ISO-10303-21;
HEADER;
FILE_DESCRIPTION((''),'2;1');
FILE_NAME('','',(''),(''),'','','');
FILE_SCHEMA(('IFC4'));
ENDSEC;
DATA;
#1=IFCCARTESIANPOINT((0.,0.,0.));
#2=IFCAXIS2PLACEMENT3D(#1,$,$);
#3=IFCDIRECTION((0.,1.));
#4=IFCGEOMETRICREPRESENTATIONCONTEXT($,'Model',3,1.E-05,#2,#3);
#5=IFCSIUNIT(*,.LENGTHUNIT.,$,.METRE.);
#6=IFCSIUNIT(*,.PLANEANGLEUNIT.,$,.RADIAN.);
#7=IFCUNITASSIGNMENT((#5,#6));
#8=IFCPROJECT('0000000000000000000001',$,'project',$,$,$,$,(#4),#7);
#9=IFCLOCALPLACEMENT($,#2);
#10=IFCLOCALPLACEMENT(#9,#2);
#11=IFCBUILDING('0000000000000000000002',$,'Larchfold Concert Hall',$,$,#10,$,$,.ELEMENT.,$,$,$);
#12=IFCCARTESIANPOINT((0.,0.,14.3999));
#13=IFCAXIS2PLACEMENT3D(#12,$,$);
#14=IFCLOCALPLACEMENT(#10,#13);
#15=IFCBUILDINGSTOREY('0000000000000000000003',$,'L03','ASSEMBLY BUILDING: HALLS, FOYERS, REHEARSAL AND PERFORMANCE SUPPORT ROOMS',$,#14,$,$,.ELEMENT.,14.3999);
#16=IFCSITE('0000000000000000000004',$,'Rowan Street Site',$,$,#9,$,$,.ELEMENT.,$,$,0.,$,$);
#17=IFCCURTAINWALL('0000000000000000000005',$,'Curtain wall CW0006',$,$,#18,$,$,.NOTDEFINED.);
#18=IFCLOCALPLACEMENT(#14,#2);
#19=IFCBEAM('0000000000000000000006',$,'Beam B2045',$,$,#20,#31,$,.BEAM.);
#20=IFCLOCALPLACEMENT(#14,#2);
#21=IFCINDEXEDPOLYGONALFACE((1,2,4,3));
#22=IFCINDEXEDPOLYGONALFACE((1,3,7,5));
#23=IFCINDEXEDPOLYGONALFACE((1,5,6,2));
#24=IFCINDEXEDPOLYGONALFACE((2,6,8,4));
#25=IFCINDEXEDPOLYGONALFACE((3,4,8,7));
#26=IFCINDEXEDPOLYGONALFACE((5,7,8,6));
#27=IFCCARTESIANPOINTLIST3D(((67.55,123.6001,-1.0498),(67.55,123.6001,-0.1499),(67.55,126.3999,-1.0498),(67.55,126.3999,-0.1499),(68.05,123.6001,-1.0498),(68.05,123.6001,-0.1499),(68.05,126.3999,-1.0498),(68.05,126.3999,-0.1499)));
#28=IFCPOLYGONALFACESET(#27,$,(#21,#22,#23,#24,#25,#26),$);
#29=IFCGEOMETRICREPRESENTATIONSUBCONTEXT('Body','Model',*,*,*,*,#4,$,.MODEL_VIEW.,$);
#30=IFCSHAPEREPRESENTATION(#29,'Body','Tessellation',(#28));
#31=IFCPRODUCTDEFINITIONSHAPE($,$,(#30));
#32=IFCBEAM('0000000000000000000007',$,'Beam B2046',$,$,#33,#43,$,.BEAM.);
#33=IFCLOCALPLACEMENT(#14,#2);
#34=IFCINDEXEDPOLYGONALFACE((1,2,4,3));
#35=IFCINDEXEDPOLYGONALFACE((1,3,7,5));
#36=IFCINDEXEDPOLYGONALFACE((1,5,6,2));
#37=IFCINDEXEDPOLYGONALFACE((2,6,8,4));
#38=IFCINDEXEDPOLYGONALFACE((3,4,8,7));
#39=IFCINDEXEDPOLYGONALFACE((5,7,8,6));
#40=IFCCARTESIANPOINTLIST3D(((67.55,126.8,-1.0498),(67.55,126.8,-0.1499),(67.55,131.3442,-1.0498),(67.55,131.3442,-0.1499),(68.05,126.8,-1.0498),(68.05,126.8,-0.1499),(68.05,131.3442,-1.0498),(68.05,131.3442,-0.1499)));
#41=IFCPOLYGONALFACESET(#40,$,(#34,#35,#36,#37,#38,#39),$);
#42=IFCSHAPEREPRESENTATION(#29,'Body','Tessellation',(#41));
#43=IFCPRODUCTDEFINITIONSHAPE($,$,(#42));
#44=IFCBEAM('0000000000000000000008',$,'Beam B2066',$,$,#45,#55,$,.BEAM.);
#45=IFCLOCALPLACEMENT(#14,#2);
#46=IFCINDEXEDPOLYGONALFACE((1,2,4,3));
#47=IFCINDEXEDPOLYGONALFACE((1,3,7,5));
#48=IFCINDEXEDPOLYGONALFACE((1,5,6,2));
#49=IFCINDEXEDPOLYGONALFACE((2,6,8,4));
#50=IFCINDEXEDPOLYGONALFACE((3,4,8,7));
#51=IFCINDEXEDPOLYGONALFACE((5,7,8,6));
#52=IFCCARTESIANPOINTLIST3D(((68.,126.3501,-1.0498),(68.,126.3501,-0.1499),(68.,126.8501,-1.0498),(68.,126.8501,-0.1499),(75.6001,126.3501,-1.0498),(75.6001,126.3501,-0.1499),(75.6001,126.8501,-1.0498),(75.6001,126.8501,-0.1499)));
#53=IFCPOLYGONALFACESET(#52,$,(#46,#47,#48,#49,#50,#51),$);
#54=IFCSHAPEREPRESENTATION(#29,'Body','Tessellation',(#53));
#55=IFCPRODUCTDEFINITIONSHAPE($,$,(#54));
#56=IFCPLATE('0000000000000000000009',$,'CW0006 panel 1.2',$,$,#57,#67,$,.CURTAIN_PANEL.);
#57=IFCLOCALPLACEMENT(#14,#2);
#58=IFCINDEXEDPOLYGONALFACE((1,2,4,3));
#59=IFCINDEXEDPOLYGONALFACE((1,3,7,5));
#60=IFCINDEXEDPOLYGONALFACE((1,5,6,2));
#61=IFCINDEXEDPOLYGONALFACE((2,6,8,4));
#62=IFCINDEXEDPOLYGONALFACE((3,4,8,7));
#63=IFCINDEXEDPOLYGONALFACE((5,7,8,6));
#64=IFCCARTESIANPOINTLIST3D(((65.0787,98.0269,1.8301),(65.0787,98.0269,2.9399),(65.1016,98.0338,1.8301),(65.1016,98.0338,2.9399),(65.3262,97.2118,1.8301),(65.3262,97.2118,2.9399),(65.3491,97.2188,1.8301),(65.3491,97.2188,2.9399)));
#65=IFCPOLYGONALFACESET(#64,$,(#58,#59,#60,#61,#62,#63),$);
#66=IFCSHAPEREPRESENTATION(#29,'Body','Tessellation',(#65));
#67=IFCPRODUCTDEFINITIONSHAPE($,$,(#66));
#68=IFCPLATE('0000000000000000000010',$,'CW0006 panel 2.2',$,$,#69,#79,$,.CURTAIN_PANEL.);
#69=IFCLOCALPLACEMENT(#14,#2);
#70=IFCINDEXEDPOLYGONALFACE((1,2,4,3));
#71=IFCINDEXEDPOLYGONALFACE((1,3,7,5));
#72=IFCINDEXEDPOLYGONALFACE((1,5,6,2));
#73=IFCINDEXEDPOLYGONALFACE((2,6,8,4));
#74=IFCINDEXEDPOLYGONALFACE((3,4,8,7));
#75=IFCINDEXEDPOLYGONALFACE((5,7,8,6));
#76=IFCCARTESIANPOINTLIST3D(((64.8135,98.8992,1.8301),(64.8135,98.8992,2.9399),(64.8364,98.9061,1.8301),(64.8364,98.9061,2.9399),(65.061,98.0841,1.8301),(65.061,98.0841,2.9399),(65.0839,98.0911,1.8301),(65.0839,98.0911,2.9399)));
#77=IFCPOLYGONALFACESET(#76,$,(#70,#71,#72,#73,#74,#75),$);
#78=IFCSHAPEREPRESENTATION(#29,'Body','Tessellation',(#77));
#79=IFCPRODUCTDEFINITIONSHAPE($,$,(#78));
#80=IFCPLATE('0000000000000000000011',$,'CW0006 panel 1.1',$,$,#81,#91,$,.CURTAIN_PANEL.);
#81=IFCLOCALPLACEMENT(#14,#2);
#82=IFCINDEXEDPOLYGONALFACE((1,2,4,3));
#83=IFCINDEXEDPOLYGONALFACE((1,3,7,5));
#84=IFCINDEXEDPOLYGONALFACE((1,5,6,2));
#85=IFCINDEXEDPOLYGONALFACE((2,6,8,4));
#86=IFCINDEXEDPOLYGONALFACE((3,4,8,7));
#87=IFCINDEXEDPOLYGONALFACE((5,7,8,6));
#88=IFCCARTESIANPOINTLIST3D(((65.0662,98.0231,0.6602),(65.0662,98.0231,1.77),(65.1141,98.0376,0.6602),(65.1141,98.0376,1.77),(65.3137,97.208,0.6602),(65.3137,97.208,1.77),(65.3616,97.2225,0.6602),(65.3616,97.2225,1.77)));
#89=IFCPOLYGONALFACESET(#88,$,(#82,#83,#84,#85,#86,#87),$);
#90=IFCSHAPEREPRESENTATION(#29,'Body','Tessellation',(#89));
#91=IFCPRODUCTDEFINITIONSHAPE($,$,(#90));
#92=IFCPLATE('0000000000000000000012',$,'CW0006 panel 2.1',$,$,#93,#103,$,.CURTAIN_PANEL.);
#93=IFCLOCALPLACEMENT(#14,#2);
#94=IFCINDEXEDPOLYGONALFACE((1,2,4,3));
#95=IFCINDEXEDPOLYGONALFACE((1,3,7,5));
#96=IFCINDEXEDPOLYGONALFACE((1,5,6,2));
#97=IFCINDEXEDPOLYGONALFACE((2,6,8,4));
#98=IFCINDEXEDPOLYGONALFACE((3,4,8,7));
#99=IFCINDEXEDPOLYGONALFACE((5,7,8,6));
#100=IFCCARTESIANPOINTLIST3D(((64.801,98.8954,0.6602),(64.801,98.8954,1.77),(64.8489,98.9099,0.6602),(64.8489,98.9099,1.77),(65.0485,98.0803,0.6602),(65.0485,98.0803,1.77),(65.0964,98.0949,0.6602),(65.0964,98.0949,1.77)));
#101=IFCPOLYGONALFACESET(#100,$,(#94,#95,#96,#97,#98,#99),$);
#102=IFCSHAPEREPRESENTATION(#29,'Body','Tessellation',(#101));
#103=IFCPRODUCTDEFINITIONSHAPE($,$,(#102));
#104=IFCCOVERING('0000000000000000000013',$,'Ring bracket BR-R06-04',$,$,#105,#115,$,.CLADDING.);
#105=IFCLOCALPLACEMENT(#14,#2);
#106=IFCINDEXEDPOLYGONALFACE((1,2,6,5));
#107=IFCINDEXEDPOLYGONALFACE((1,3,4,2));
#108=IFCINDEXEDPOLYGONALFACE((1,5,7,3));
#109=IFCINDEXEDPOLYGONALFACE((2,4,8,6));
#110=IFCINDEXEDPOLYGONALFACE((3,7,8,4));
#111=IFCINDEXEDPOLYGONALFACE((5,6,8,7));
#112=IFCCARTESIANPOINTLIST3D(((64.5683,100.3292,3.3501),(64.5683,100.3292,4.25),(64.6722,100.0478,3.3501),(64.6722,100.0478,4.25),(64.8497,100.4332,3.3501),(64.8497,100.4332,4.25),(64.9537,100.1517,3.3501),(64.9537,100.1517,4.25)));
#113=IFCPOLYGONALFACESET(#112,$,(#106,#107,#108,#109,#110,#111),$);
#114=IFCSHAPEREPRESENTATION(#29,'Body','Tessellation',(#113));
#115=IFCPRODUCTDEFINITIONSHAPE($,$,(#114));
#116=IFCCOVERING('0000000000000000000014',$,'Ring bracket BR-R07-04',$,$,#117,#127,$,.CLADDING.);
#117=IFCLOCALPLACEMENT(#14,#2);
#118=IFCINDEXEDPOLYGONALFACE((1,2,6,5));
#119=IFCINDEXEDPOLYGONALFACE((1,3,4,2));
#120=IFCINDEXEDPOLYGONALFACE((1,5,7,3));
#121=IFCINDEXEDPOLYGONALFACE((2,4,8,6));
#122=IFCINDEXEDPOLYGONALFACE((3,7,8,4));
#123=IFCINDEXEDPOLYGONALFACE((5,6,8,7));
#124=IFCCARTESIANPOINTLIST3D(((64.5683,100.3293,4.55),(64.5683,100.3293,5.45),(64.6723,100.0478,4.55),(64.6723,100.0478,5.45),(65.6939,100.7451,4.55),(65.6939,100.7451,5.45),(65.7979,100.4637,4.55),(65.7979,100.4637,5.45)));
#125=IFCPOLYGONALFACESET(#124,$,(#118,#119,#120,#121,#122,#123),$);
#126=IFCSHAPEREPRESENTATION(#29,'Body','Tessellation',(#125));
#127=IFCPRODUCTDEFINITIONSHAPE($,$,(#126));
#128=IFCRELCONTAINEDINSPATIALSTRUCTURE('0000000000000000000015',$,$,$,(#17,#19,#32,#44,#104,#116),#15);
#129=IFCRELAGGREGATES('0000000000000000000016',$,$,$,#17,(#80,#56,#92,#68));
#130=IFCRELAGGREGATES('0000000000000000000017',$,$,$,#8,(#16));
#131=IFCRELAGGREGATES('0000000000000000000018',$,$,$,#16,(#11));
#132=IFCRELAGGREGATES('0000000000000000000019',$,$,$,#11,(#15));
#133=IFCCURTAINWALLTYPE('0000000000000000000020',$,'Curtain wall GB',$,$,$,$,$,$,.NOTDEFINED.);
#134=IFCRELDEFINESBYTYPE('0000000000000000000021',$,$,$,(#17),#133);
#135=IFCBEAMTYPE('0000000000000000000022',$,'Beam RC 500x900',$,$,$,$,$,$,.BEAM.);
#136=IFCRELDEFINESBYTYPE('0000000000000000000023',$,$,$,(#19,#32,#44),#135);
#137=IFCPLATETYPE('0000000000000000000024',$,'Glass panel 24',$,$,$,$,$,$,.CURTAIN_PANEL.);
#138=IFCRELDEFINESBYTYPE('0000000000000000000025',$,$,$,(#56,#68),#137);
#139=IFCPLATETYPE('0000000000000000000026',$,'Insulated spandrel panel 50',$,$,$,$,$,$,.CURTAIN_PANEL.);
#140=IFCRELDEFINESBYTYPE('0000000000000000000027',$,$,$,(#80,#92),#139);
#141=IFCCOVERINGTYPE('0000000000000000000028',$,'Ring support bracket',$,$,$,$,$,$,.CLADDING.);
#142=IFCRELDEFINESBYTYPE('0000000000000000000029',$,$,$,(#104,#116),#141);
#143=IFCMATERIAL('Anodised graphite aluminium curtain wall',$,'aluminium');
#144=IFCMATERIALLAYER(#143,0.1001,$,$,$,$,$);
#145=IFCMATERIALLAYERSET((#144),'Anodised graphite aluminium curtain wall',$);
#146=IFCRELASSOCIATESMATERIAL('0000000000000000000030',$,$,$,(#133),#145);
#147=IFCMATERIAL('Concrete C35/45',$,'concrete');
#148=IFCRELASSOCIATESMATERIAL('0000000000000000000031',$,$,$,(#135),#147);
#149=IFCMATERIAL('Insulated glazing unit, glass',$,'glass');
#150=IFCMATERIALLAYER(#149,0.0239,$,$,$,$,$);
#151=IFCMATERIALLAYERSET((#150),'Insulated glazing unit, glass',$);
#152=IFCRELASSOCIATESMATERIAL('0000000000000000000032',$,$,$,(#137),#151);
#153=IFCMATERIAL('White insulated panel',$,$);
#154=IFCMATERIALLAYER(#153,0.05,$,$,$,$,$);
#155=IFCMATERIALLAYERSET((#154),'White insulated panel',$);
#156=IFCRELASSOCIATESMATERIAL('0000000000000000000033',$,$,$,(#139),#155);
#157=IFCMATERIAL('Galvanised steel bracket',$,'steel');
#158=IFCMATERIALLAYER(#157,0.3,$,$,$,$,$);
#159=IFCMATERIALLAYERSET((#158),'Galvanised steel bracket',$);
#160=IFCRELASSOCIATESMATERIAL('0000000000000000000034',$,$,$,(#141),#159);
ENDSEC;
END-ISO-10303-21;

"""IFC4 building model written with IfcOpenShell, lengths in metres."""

from ifc_helpers import new_model, si_unit, direction, frame, origin, origin_2d, place, context, subcontext, project, spatial, rectangle, extrude, material, layer, layer_set, material_profile, profile_set, type_object, element, aggregate, save


model = new_model("IFC4")

# Units and contexts
model_context = context("Model", 3, precision=1e-05, world=origin(), true_north=direction((0.0, 1.0)))
body_context = subcontext(model_context, "Body", "Model", "MODEL_VIEW")
ifc_project = project(units=[si_unit("LENGTHUNIT", "METRE"), si_unit("PLANEANGLEUNIT", "RADIAN")], contexts=[model_context])

# Site, building, storey
site_placement = place(None, origin())
site = spatial("IfcSite", under=ifc_project, at=site_placement, Name="Rowan Street Site", CompositionType="ELEMENT", RefElevation=0.0)
building_placement = place(site_placement, origin())
building = spatial("IfcBuilding", under=site, at=building_placement, Name="Larchfold Concert Hall", CompositionType="ELEMENT")
storey_placement = place(building_placement, frame((0.0, 0.0, 14.3999)))
storey = spatial("IfcBuildingStorey", under=building, at=storey_placement, Name="L03", Description="ASSEMBLY BUILDING: HALLS, FOYERS, REHEARSAL AND PERFORMANCE SUPPORT ROOMS", CompositionType="ELEMENT", Elevation=14.3999)

# Curtain wall
ifc_material_1 = material(Name="Anodised graphite aluminium curtain wall", Category="aluminium")
ifc_layer_1 = layer(ifc_material_1, 0.1001)
ifc_layer_set_1 = layer_set([ifc_layer_1], Name="Anodised graphite aluminium curtain wall")
curtain_wall_type = type_object("IfcCurtainWallType", Name="Curtain wall GB", PredefinedType="NOTDEFINED", material=ifc_layer_set_1)
curtain_wall_1_placement = place(storey_placement, origin())
curtain_wall_1 = element("IfcCurtainWall", 1, at=curtain_wall_1_placement, inside=storey, type_object=curtain_wall_type, Name="Curtain wall CW0006", PredefinedType="NOTDEFINED")

# Beams
ifc_material_2 = material(Name="Concrete C35/45", Category="concrete")
ifc_material_profile_1 = material_profile(ifc_material_2, rectangle(XDim=0.5, YDim=0.8999, at=origin_2d()))
ifc_profile_set_1 = profile_set([ifc_material_profile_1], Name="Concrete C35/45")
beam_type = type_object("IfcBeamType", Name="Beam RC 500x900", PredefinedType="BEAM", material=ifc_profile_set_1)
beam_1_placement = place(storey_placement, frame((67.8, 123.6001, -0.5999), z_axis=(0.0, 1.0, 0.0), x_axis=(-1.0, 0.0, 0.0)))
element("IfcBeam", 2, at=beam_1_placement, inside=storey, type_object=beam_type, Name="Beam B2045", PredefinedType="BEAM", context=body_context, shape_type="SweptSolid", body=[
    extrude(rectangle(XDim=0.5, YDim=0.8999, at=origin_2d()), origin(), (0.0, 0.0, 1.0), 2.7998),
])
beam_2_placement = place(storey_placement, frame((67.8, 126.8, -0.5999), z_axis=(0.0, 1.0, 0.0), x_axis=(-1.0, 0.0, 0.0)))
element("IfcBeam", 3, at=beam_2_placement, inside=storey, type_object=beam_type, Name="Beam B2046", PredefinedType="BEAM", context=body_context, shape_type="SweptSolid", body=[
    extrude(rectangle(XDim=0.5, YDim=0.8999, at=origin_2d()), origin(), (0.0, 0.0, 1.0), 4.5442),
])
beam_3_placement = place(storey_placement, frame((68.0, 126.6001, -0.5999), z_axis=(1.0, 0.0, 0.0), x_axis=(0.0, 1.0, 0.0)))
element("IfcBeam", 4, at=beam_3_placement, inside=storey, type_object=beam_type, Name="Beam B2066", PredefinedType="BEAM", context=body_context, shape_type="SweptSolid", body=[
    extrude(rectangle(XDim=0.5, YDim=0.8999, at=origin_2d()), origin(), (0.0, 0.0, 1.0), 7.6001),
])

# Plates
ifc_material_3 = material(Name="Insulated glazing unit, glass", Category="glass")
ifc_layer_2 = layer(ifc_material_3, 0.0239)
ifc_layer_set_2 = layer_set([ifc_layer_2], Name="Insulated glazing unit, glass")
plate_type_1 = type_object("IfcPlateType", Name="Glass panel 24", PredefinedType="CURTAIN_PANEL", material=ifc_layer_set_2)
plate_1_placement = place(storey_placement, frame((65.2139, 97.6228, 1.8301), z_axis=(0.0, 0.0, 1.0), x_axis=(-0.290568, 0.956854, 0.0)))
plate_1 = element("IfcPlate", 5, at=plate_1_placement, type_object=plate_type_1, Name="CW0006 panel 1.2", PredefinedType="CURTAIN_PANEL", context=body_context, shape_type="SweptSolid", body=[
    extrude(rectangle(XDim=0.8518, YDim=0.0239, at=origin_2d()), origin(), (0.0, 0.0, 1.0), 1.1099),
])
plate_2_placement = place(storey_placement, frame((64.9487, 98.4951, 1.8301), z_axis=(0.0, 0.0, 1.0), x_axis=(-0.290568, 0.956854, 0.0)))
plate_2 = element("IfcPlate", 6, at=plate_2_placement, type_object=plate_type_1, Name="CW0006 panel 2.2", PredefinedType="CURTAIN_PANEL", context=body_context, shape_type="SweptSolid", body=[
    extrude(rectangle(XDim=0.8518, YDim=0.0239, at=origin_2d()), origin(), (0.0, 0.0, 1.0), 1.1099),
])
ifc_material_4 = material(Name="White insulated panel")
ifc_layer_3 = layer(ifc_material_4, 0.05)
ifc_layer_set_3 = layer_set([ifc_layer_3], Name="White insulated panel")
plate_type_2 = type_object("IfcPlateType", Name="Insulated spandrel panel 50", PredefinedType="CURTAIN_PANEL", material=ifc_layer_set_3)
plate_3_placement = place(storey_placement, frame((65.2139, 97.6228, 0.6602), z_axis=(0.0, 0.0, 1.0), x_axis=(-0.290568, 0.956854, 0.0)))
plate_3 = element("IfcPlate", 7, at=plate_3_placement, type_object=plate_type_2, Name="CW0006 panel 1.1", PredefinedType="CURTAIN_PANEL", context=body_context, shape_type="SweptSolid", body=[
    extrude(rectangle(XDim=0.8518, YDim=0.05, at=origin_2d()), origin(), (0.0, 0.0, 1.0), 1.1099),
])
plate_4_placement = place(storey_placement, frame((64.9487, 98.4951, 0.6602), z_axis=(0.0, 0.0, 1.0), x_axis=(-0.290568, 0.956854, 0.0)))
plate_4 = element("IfcPlate", 8, at=plate_4_placement, type_object=plate_type_2, Name="CW0006 panel 2.1", PredefinedType="CURTAIN_PANEL", context=body_context, shape_type="SweptSolid", body=[
    extrude(rectangle(XDim=0.8518, YDim=0.05, at=origin_2d()), origin(), (0.0, 0.0, 1.0), 1.1099),
])
aggregate(curtain_wall_1, [plate_3, plate_1, plate_4, plate_2])

# Coverings
ifc_material_5 = material(Name="Galvanised steel bracket", Category="steel")
ifc_layer_4 = layer(ifc_material_5, 0.3)
ifc_layer_set_4 = layer_set([ifc_layer_4], Name="Galvanised steel bracket")
covering_type = type_object("IfcCoveringType", Name="Ring support bracket", PredefinedType="CLADDING", material=ifc_layer_set_4)
covering_1_placement = place(storey_placement, frame((64.761, 100.2405, 3.3501), z_axis=(0.0, 0.0, 1.0), x_axis=(0.938035, 0.346541, 0.0)))
element("IfcCovering", 9, at=covering_1_placement, inside=storey, type_object=covering_type, Name="Ring bracket BR-R06-04", PredefinedType="CLADDING", context=body_context, shape_type="SweptSolid", body=[
    extrude(rectangle(XDim=0.3, YDim=0.3, at=origin_2d()), origin(), (0.0, 0.0, 1.0), 0.8999),
])
covering_2_placement = place(storey_placement, frame((65.1831, 100.3965, 4.55), z_axis=(0.0, 0.0, 1.0), x_axis=(0.938035, 0.346541, 0.0)))
element("IfcCovering", 10, at=covering_2_placement, inside=storey, type_object=covering_type, Name="Ring bracket BR-R07-04", PredefinedType="CLADDING", context=body_context, shape_type="SweptSolid", body=[
    extrude(rectangle(XDim=1.2, YDim=0.3, at=origin_2d()), origin(), (0.0, 0.0, 1.0), 0.8999),
])

save(model, "model.ifc")
